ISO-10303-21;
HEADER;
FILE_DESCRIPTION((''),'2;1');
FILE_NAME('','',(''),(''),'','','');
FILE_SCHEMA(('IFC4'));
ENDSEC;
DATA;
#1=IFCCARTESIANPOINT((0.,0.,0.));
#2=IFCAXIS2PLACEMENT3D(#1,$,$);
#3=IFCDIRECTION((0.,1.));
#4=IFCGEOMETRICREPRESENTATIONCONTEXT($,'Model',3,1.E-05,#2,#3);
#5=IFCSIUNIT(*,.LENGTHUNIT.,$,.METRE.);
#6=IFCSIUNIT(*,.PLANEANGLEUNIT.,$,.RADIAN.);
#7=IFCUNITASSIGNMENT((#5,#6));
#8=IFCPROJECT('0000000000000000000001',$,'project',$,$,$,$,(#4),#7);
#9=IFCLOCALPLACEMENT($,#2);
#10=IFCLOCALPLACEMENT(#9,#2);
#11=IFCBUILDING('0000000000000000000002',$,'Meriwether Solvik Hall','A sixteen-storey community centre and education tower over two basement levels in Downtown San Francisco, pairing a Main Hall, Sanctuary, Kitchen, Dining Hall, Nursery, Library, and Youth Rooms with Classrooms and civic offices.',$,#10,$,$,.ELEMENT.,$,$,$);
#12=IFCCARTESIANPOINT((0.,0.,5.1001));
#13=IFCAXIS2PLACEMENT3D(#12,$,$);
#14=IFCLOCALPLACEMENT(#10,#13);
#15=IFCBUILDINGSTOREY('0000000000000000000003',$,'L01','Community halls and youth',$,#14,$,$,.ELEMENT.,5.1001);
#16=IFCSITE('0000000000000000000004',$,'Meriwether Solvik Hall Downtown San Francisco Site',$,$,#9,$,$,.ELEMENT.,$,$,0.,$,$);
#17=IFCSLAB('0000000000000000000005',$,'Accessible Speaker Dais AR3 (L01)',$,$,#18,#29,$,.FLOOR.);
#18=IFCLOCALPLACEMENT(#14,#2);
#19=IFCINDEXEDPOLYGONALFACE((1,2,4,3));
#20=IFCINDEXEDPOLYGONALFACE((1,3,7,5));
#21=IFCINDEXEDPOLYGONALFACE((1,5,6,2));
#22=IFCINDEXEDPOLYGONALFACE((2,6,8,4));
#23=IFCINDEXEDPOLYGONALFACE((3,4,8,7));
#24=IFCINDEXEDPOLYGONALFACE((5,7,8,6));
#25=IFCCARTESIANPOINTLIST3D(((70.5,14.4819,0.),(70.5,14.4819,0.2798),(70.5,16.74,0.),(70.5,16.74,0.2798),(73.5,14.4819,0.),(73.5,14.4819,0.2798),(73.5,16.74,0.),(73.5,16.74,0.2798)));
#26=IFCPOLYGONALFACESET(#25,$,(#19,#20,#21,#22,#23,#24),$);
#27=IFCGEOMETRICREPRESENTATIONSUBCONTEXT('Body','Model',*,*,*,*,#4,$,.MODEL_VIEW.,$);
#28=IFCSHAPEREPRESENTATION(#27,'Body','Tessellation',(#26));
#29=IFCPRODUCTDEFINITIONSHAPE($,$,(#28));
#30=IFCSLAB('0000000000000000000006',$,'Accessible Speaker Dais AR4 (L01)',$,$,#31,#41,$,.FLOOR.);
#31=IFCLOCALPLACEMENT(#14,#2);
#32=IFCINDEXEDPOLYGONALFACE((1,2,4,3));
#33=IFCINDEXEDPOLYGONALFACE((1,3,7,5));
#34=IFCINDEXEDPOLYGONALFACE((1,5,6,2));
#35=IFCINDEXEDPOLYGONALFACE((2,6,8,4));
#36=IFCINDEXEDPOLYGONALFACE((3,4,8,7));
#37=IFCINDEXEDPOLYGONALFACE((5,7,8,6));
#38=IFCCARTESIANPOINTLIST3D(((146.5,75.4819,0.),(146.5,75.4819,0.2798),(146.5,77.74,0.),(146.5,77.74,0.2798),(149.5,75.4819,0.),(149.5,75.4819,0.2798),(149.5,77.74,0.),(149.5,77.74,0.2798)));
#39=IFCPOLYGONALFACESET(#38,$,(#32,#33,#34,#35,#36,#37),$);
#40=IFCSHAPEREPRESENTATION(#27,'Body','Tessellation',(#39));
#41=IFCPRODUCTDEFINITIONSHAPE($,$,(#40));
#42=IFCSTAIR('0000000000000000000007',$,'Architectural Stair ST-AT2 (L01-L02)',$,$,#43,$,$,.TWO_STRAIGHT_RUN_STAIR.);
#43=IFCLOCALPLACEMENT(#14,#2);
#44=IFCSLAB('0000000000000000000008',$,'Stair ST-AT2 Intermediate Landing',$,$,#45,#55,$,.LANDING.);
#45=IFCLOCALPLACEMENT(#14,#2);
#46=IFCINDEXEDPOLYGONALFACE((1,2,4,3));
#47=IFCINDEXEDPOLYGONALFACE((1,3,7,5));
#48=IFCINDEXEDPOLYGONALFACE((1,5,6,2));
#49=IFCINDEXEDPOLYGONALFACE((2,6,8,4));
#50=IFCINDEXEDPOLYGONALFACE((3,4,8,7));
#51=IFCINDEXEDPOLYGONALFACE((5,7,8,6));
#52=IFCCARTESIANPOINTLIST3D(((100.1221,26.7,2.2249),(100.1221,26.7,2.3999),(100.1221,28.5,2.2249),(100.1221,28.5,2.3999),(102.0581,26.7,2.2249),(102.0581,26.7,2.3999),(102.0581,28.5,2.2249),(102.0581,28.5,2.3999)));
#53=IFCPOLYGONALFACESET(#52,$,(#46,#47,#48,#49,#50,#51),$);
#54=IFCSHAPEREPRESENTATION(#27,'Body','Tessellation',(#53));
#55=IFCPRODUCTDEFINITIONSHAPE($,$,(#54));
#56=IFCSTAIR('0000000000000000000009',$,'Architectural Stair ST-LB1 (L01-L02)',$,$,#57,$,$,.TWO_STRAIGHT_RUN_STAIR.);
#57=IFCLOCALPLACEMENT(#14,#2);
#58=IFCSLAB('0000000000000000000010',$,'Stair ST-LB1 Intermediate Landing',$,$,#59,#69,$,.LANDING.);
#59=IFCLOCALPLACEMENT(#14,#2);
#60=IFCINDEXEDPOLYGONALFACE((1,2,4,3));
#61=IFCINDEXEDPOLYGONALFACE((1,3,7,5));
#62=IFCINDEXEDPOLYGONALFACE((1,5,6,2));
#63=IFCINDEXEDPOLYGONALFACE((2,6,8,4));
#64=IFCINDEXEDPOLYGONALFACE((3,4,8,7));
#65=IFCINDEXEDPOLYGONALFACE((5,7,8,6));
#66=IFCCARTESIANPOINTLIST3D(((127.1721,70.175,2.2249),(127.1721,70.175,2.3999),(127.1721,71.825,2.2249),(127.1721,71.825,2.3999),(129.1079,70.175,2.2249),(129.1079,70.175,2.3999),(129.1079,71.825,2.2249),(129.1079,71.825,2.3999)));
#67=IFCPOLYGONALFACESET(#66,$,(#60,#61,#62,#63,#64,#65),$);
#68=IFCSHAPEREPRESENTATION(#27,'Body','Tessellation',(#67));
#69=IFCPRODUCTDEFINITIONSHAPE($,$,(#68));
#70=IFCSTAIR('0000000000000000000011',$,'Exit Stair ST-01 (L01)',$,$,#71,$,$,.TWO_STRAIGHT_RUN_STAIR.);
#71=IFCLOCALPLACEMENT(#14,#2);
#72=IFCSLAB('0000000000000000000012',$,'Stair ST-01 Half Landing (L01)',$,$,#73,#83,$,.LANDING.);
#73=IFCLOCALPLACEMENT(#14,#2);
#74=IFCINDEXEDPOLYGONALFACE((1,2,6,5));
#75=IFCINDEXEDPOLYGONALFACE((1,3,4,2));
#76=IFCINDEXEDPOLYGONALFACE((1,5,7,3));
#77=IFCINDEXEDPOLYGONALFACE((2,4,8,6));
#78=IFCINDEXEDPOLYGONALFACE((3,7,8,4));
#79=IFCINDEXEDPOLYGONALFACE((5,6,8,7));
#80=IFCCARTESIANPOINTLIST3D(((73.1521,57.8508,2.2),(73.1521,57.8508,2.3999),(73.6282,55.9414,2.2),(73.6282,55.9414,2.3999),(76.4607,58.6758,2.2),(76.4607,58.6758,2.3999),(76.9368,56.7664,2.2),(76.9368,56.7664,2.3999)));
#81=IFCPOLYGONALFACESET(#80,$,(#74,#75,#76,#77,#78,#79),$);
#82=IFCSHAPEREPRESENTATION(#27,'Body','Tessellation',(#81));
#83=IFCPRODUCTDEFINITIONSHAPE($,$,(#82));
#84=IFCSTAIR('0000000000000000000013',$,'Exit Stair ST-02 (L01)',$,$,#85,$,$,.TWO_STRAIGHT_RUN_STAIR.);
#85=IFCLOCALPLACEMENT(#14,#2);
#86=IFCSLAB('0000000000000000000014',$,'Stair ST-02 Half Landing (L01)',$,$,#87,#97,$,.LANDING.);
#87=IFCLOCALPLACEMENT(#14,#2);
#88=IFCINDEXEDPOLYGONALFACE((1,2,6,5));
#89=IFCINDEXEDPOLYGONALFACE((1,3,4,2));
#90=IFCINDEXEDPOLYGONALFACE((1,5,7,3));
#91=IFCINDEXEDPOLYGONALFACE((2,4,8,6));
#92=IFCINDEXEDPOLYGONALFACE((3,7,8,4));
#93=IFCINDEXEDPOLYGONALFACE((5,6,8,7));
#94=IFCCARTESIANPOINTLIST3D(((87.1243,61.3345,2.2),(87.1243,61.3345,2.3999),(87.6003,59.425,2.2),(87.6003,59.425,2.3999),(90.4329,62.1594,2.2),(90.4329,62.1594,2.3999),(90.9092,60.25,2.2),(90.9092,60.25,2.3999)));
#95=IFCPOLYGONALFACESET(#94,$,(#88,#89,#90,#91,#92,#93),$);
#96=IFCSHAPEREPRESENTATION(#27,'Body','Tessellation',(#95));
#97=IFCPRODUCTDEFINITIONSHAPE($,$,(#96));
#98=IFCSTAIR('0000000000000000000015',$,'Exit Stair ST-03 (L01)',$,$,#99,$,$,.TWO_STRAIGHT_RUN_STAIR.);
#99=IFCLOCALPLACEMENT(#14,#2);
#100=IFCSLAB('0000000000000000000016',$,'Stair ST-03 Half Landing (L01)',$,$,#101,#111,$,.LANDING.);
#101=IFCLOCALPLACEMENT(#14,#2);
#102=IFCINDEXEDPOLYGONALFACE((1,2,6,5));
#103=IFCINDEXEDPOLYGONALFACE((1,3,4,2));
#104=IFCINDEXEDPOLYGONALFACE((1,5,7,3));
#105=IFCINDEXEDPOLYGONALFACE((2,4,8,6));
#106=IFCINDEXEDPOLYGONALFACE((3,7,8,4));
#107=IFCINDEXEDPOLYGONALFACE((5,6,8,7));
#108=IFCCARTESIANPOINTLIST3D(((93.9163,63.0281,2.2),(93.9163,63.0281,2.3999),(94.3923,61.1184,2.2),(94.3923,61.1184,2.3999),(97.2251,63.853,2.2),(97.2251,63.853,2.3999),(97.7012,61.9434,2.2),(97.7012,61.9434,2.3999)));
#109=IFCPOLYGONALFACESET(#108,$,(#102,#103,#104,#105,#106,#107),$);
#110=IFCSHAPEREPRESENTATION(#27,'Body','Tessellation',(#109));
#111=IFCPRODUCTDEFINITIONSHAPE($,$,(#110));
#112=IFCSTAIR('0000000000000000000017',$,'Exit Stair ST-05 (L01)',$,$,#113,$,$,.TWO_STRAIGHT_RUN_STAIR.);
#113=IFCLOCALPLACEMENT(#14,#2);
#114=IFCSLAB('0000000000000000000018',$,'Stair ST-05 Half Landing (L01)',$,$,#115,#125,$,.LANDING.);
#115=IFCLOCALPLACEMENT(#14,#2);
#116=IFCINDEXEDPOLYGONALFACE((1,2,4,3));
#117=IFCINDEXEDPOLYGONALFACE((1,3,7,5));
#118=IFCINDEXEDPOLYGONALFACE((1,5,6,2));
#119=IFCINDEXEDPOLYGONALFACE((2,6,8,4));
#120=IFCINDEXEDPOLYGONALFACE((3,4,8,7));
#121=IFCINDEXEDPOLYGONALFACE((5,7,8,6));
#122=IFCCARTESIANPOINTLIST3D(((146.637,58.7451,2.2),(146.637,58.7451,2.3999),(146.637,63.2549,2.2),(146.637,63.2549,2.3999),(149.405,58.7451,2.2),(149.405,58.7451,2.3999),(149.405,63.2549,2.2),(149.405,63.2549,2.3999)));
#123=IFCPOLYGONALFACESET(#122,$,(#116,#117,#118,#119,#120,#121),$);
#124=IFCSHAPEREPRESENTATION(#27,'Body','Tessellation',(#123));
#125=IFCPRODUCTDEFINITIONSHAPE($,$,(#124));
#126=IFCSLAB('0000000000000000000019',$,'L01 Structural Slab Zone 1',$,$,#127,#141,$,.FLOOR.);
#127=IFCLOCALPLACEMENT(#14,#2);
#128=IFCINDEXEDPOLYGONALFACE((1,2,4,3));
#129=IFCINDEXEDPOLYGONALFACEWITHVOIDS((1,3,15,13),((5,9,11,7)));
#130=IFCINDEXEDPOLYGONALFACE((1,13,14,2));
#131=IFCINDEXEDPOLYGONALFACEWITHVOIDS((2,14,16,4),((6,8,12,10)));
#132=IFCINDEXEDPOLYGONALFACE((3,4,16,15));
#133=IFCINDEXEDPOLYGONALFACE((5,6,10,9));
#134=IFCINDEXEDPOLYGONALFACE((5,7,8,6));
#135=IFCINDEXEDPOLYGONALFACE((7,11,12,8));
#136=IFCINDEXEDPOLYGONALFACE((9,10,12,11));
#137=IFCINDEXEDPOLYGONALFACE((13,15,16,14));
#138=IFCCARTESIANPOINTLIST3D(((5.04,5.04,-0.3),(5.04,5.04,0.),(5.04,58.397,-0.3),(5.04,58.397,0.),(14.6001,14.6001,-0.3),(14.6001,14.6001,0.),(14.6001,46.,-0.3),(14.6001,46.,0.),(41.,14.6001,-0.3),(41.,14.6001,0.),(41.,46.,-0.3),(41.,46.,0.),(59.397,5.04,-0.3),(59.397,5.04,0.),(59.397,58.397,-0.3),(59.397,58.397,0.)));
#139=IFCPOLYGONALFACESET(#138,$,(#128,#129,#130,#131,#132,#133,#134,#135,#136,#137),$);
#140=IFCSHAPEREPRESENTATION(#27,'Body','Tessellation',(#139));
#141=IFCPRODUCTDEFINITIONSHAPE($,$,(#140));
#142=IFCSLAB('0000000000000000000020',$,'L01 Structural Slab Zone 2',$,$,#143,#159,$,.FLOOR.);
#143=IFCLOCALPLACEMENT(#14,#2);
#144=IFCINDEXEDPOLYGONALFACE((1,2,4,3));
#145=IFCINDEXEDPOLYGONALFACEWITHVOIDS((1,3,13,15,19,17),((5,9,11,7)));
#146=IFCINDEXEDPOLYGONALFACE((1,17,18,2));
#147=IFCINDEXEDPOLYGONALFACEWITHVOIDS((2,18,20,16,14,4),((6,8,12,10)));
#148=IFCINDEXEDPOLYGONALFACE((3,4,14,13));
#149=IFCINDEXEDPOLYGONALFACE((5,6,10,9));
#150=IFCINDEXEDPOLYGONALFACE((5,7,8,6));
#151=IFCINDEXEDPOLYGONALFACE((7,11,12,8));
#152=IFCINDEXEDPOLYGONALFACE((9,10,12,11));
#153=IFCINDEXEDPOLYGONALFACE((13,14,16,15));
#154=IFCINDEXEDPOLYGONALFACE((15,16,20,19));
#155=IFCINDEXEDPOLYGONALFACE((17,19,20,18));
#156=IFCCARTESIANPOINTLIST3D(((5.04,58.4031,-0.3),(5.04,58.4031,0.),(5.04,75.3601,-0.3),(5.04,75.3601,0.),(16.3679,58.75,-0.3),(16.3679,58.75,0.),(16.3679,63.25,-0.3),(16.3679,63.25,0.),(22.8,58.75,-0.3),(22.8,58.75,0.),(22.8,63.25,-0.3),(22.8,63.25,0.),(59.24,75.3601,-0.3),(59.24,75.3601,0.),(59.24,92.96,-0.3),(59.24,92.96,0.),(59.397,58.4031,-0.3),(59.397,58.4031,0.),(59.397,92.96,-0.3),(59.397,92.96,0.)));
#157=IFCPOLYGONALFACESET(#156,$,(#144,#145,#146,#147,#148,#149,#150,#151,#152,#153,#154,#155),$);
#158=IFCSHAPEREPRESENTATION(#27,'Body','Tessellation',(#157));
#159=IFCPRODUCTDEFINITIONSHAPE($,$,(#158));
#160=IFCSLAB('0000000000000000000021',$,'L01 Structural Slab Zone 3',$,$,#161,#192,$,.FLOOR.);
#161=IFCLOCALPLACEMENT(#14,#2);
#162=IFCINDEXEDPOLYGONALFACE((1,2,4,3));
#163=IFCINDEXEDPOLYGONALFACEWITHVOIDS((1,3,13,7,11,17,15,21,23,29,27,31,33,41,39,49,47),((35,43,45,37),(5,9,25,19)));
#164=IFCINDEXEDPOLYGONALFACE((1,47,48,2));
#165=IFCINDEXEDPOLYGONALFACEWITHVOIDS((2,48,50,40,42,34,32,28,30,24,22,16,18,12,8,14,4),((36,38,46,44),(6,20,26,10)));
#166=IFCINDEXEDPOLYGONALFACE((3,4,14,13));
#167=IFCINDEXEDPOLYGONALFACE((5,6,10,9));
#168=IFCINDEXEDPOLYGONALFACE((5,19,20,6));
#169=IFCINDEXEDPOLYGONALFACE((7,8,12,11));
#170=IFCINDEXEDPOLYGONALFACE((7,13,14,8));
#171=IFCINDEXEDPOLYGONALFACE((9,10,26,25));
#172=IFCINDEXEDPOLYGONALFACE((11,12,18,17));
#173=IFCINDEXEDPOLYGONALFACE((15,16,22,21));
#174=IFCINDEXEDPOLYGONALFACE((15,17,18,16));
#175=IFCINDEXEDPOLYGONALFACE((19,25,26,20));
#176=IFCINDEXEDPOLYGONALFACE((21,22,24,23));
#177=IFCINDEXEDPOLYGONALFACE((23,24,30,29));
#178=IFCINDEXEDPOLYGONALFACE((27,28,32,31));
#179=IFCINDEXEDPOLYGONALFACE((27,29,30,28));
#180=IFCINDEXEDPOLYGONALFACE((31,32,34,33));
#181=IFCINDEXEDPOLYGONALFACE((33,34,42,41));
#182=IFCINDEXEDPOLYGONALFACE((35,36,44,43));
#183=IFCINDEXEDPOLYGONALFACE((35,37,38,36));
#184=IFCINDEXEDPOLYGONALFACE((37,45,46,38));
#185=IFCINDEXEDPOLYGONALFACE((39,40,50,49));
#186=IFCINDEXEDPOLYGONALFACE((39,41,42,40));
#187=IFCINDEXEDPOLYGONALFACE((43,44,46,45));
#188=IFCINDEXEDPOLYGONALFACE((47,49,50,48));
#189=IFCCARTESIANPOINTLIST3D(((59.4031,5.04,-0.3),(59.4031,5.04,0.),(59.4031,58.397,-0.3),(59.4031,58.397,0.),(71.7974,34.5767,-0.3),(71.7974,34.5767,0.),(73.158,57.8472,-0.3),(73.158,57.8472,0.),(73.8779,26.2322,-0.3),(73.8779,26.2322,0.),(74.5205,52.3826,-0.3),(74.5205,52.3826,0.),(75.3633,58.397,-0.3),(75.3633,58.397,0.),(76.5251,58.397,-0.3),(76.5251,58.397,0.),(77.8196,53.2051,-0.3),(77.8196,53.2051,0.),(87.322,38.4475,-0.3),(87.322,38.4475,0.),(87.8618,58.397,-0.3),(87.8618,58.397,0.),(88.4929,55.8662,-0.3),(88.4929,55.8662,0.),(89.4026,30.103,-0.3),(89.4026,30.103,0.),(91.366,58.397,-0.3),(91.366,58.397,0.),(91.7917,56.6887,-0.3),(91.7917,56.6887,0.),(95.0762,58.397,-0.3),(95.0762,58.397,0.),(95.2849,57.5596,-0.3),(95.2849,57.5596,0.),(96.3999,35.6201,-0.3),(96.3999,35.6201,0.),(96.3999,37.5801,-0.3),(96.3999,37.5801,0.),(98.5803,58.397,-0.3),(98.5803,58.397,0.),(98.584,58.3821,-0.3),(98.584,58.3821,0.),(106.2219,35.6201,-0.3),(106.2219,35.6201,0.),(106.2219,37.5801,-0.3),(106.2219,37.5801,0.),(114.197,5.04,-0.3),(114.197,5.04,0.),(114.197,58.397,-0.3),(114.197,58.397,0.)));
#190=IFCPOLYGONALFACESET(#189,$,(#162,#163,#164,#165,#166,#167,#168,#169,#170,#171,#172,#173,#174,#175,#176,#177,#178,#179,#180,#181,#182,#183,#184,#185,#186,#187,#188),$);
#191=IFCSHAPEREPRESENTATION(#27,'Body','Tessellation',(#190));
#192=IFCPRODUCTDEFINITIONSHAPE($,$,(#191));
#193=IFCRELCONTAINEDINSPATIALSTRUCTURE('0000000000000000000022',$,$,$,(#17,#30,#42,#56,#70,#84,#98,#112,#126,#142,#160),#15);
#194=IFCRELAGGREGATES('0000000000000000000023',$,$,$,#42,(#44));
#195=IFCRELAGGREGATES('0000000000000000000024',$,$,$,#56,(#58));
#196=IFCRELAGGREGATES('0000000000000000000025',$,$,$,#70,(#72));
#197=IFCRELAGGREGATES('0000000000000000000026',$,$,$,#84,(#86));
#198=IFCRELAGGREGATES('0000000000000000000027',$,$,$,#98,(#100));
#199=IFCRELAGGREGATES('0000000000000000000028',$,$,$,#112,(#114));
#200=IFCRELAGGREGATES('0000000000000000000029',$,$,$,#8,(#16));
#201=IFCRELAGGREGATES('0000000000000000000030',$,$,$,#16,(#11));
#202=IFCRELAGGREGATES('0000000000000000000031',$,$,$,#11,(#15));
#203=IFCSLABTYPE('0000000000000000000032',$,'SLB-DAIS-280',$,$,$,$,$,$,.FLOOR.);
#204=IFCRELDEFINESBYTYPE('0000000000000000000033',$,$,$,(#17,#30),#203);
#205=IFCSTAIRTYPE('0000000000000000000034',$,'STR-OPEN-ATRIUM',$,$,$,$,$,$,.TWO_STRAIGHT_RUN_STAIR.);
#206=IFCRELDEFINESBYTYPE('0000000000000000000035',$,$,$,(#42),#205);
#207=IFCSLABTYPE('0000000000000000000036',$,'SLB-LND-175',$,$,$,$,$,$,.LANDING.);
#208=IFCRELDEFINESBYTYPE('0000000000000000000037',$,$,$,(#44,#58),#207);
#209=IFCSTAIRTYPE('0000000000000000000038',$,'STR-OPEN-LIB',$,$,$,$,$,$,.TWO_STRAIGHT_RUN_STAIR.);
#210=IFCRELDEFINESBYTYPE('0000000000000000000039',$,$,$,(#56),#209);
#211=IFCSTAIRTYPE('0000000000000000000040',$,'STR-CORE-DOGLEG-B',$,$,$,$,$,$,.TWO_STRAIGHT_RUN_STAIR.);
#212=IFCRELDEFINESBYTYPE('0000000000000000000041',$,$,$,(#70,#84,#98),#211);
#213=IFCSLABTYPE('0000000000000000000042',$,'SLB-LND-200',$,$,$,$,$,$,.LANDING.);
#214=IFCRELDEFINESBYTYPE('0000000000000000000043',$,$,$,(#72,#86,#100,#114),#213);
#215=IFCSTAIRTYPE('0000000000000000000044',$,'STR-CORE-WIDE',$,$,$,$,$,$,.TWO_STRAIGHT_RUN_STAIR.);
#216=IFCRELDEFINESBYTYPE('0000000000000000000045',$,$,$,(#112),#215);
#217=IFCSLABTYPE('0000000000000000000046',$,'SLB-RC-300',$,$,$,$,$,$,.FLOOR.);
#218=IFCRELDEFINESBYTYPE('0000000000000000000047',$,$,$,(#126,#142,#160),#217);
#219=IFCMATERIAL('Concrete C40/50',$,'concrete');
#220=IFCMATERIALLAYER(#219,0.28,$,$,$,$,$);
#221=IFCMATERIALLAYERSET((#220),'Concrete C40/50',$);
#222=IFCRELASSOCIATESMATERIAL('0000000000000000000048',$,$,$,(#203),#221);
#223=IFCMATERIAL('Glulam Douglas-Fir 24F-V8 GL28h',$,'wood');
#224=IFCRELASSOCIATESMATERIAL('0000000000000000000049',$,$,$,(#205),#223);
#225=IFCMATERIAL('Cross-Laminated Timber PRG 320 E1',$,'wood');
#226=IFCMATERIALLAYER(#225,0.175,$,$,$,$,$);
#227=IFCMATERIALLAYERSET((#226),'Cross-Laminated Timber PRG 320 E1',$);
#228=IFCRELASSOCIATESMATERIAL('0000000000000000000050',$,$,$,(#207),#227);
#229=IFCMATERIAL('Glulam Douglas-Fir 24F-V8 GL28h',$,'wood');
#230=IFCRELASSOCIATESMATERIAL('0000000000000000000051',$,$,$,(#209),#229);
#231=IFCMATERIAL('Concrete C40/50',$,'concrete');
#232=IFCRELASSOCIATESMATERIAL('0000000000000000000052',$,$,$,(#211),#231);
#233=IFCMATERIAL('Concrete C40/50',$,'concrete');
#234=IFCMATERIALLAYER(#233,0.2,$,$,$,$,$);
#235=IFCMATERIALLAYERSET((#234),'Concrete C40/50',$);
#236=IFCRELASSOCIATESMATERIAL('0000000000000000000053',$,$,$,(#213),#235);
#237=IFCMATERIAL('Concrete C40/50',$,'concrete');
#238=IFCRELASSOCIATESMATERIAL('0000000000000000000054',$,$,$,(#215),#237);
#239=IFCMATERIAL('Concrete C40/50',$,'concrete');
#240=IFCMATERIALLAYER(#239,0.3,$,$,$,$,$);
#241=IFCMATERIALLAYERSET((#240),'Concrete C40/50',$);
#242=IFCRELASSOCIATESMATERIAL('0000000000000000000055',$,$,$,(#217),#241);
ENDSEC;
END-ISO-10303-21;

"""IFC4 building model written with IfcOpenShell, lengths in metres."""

from ifc_helpers import new_model, si_unit, direction, frame, origin, place, context, subcontext, project, spatial, polyline, outline, extrude, material, layer, layer_set, type_object, element, aggregate, save


model = new_model("IFC4")

# Units and contexts
model_context = context("Model", 3, precision=1e-05, world=origin(), true_north=direction((0.0, 1.0)))
body_context = subcontext(model_context, "Body", "Model", "MODEL_VIEW")
ifc_project = project(units=[si_unit("LENGTHUNIT", "METRE"), si_unit("PLANEANGLEUNIT", "RADIAN")], contexts=[model_context])

# Site, building, storey
site_placement = place(None, origin())
site = spatial("IfcSite", under=ifc_project, at=site_placement, Name="Meriwether Solvik Hall Downtown San Francisco Site", CompositionType="ELEMENT", RefElevation=0.0)
building_placement = place(site_placement, origin())
building = spatial("IfcBuilding", under=site, at=building_placement, Name="Meriwether Solvik Hall", Description="A sixteen-storey community centre and education tower over two basement levels in Downtown San Francisco, pairing a Main Hall, Sanctuary, Kitchen, Dining Hall, Nursery, Library, and Youth Rooms with Classrooms and civic offices.", CompositionType="ELEMENT")
storey_placement = place(building_placement, frame((0.0, 0.0, 5.1001)))
storey = spatial("IfcBuildingStorey", under=building, at=storey_placement, Name="L01", Description="Community halls and youth", CompositionType="ELEMENT", Elevation=5.1001)

# Slabs
ifc_material_1 = material(Name="Concrete C40/50", Category="concrete")
ifc_layer_1 = layer(ifc_material_1, 0.28)
ifc_layer_set_1 = layer_set([ifc_layer_1], Name="Concrete C40/50")
slab_type_1 = type_object("IfcSlabType", Name="SLB-DAIS-280", PredefinedType="FLOOR", material=ifc_layer_set_1)
slab_1_placement = place(storey_placement, origin())
element("IfcSlab", 1, at=slab_1_placement, inside=storey, type_object=slab_type_1, Name="Accessible Speaker Dais AR3 (L01)", PredefinedType="FLOOR", context=body_context, shape_type="SweptSolid", body=[
    extrude(outline(polyline([(70.5, 14.4819), (73.5, 14.4819), (73.5, 16.74), (70.5, 16.74), (70.5, 14.4819)])), origin(), (0.0, 0.0, 1.0), 0.2798),
])
slab_2_placement = place(storey_placement, origin())
element("IfcSlab", 2, at=slab_2_placement, inside=storey, type_object=slab_type_1, Name="Accessible Speaker Dais AR4 (L01)", PredefinedType="FLOOR", context=body_context, shape_type="SweptSolid", body=[
    extrude(outline(polyline([(146.5, 75.4819), (149.5, 75.4819), (149.5, 77.74), (146.5, 77.74), (146.5, 75.4819)])), origin(), (0.0, 0.0, 1.0), 0.2798),
])

# Stairs, slabs
ifc_material_2 = material(Name="Glulam Douglas-Fir 24F-V8 GL28h", Category="wood")
stair_type_1 = type_object("IfcStairType", Name="STR-OPEN-ATRIUM", PredefinedType="TWO_STRAIGHT_RUN_STAIR", material=ifc_material_2)
stair_1_placement = place(storey_placement, origin())
stair_1 = element("IfcStair", 3, at=stair_1_placement, inside=storey, type_object=stair_type_1, Name="Architectural Stair ST-AT2 (L01-L02)", PredefinedType="TWO_STRAIGHT_RUN_STAIR")
ifc_material_3 = material(Name="Cross-Laminated Timber PRG 320 E1", Category="wood")
ifc_layer_2 = layer(ifc_material_3, 0.175)
ifc_layer_set_2 = layer_set([ifc_layer_2], Name="Cross-Laminated Timber PRG 320 E1")
slab_type_2 = type_object("IfcSlabType", Name="SLB-LND-175", PredefinedType="LANDING", material=ifc_layer_set_2)
slab_3_placement = place(storey_placement, frame((0.0, 0.0, 2.2249)))
slab_3 = element("IfcSlab", 4, at=slab_3_placement, type_object=slab_type_2, Name="Stair ST-AT2 Intermediate Landing", PredefinedType="LANDING", context=body_context, shape_type="SweptSolid", body=[
    extrude(outline(polyline([(100.1221, 26.7), (102.0581, 26.7), (102.0581, 28.5), (100.1221, 28.5), (100.1221, 26.7)])), origin(), (0.0, 0.0, 1.0), 0.175),
])
aggregate(stair_1, [slab_3])
ifc_material_4 = material(Name="Glulam Douglas-Fir 24F-V8 GL28h", Category="wood")
stair_type_2 = type_object("IfcStairType", Name="STR-OPEN-LIB", PredefinedType="TWO_STRAIGHT_RUN_STAIR", material=ifc_material_4)
stair_2_placement = place(storey_placement, origin())
stair_2 = element("IfcStair", 5, at=stair_2_placement, inside=storey, type_object=stair_type_2, Name="Architectural Stair ST-LB1 (L01-L02)", PredefinedType="TWO_STRAIGHT_RUN_STAIR")
slab_4_placement = place(storey_placement, frame((0.0, 0.0, 2.2249)))
slab_4 = element("IfcSlab", 6, at=slab_4_placement, type_object=slab_type_2, Name="Stair ST-LB1 Intermediate Landing", PredefinedType="LANDING", context=body_context, shape_type="SweptSolid", body=[
    extrude(outline(polyline([(127.1721, 70.175), (129.1079, 70.175), (129.1079, 71.825), (127.1721, 71.825), (127.1721, 70.175)])), origin(), (0.0, 0.0, 1.0), 0.175),
])
aggregate(stair_2, [slab_4])
ifc_material_5 = material(Name="Concrete C40/50", Category="concrete")
stair_type_3 = type_object("IfcStairType", Name="STR-CORE-DOGLEG-B", PredefinedType="TWO_STRAIGHT_RUN_STAIR", material=ifc_material_5)
stair_3_placement = place(storey_placement, origin())
stair_3 = element("IfcStair", 7, at=stair_3_placement, inside=storey, type_object=stair_type_3, Name="Exit Stair ST-01 (L01)", PredefinedType="TWO_STRAIGHT_RUN_STAIR")
ifc_material_6 = material(Name="Concrete C40/50", Category="concrete")
ifc_layer_3 = layer(ifc_material_6, 0.2)
ifc_layer_set_3 = layer_set([ifc_layer_3], Name="Concrete C40/50")
slab_type_3 = type_object("IfcSlabType", Name="SLB-LND-200", PredefinedType="LANDING", material=ifc_layer_set_3)
slab_5_placement = place(storey_placement, frame((0.0, 0.0, 2.2)))
slab_5 = element("IfcSlab", 8, at=slab_5_placement, type_object=slab_type_3, Name="Stair ST-01 Half Landing (L01)", PredefinedType="LANDING", context=body_context, shape_type="SweptSolid", body=[
    extrude(outline(polyline([(73.6282, 55.9414), (76.9368, 56.7664), (76.4607, 58.6758), (73.1521, 57.8508), (73.6282, 55.9414)])), origin(), (0.0, 0.0, 1.0), 0.2),
])
aggregate(stair_3, [slab_5])
stair_4_placement = place(storey_placement, origin())
stair_4 = element("IfcStair", 9, at=stair_4_placement, inside=storey, type_object=stair_type_3, Name="Exit Stair ST-02 (L01)", PredefinedType="TWO_STRAIGHT_RUN_STAIR")
slab_6_placement = place(storey_placement, frame((0.0, 0.0, 2.2)))
slab_6 = element("IfcSlab", 10, at=slab_6_placement, type_object=slab_type_3, Name="Stair ST-02 Half Landing (L01)", PredefinedType="LANDING", context=body_context, shape_type="SweptSolid", body=[
    extrude(outline(polyline([(87.6003, 59.425), (90.9092, 60.25), (90.4329, 62.1594), (87.1243, 61.3345), (87.6003, 59.425)])), origin(), (0.0, 0.0, 1.0), 0.2),
])
aggregate(stair_4, [slab_6])
stair_5_placement = place(storey_placement, origin())
stair_5 = element("IfcStair", 11, at=stair_5_placement, inside=storey, type_object=stair_type_3, Name="Exit Stair ST-03 (L01)", PredefinedType="TWO_STRAIGHT_RUN_STAIR")
slab_7_placement = place(storey_placement, frame((0.0, 0.0, 2.2)))
slab_7 = element("IfcSlab", 12, at=slab_7_placement, type_object=slab_type_3, Name="Stair ST-03 Half Landing (L01)", PredefinedType="LANDING", context=body_context, shape_type="SweptSolid", body=[
    extrude(outline(polyline([(94.3923, 61.1184), (97.7012, 61.9434), (97.2251, 63.853), (93.9163, 63.0281), (94.3923, 61.1184)])), origin(), (0.0, 0.0, 1.0), 0.2),
])
aggregate(stair_5, [slab_7])
ifc_material_7 = material(Name="Concrete C40/50", Category="concrete")
stair_type_4 = type_object("IfcStairType", Name="STR-CORE-WIDE", PredefinedType="TWO_STRAIGHT_RUN_STAIR", material=ifc_material_7)
stair_6_placement = place(storey_placement, origin())
stair_6 = element("IfcStair", 13, at=stair_6_placement, inside=storey, type_object=stair_type_4, Name="Exit Stair ST-05 (L01)", PredefinedType="TWO_STRAIGHT_RUN_STAIR")
slab_8_placement = place(storey_placement, frame((0.0, 0.0, 2.2)))
slab_8 = element("IfcSlab", 14, at=slab_8_placement, type_object=slab_type_3, Name="Stair ST-05 Half Landing (L01)", PredefinedType="LANDING", context=body_context, shape_type="SweptSolid", body=[
    extrude(outline(polyline([(146.637, 58.7451), (149.405, 58.7451), (149.405, 63.2549), (146.637, 63.2549), (146.637, 58.7451)])), origin(), (0.0, 0.0, 1.0), 0.2),
])
aggregate(stair_6, [slab_8])

# Slabs
ifc_material_8 = material(Name="Concrete C40/50", Category="concrete")
ifc_layer_4 = layer(ifc_material_8, 0.3)
ifc_layer_set_4 = layer_set([ifc_layer_4], Name="Concrete C40/50")
slab_type_4 = type_object("IfcSlabType", Name="SLB-RC-300", PredefinedType="FLOOR", material=ifc_layer_set_4)
slab_9_placement = place(storey_placement, frame((0.0, 0.0, -0.3)))
element("IfcSlab", 15, at=slab_9_placement, inside=storey, type_object=slab_type_4, Name="L01 Structural Slab Zone 1", PredefinedType="FLOOR", context=body_context, shape_type="SweptSolid", body=[
    extrude(outline(polyline([(59.397, 5.04), (5.04, 5.04), (5.04, 58.397), (59.397, 58.397), (59.397, 5.04)]), holes=[polyline([(41.0, 46.0), (14.6001, 46.0), (14.6001, 14.6001), (41.0, 14.6001), (41.0, 46.0)])]), origin(), (0.0, 0.0, 1.0), 0.3),
])
slab_10_placement = place(storey_placement, frame((0.0, 0.0, -0.3)))
element("IfcSlab", 16, at=slab_10_placement, inside=storey, type_object=slab_type_4, Name="L01 Structural Slab Zone 2", PredefinedType="FLOOR", context=body_context, shape_type="SweptSolid", body=[
    extrude(outline(polyline([(5.04, 58.4031), (5.04, 75.3601), (59.24, 75.3601), (59.24, 92.96), (59.397, 92.96), (59.397, 58.4031), (5.04, 58.4031)]), holes=[polyline([(22.8, 63.25), (16.3679, 63.25), (16.3679, 58.75), (22.8, 58.75), (22.8, 63.25)])]), origin(), (0.0, 0.0, 1.0), 0.3),
])
slab_11_placement = place(storey_placement, frame((0.0, 0.0, -0.3)))
element("IfcSlab", 17, at=slab_11_placement, inside=storey, type_object=slab_type_4, Name="L01 Structural Slab Zone 3", PredefinedType="FLOOR", context=body_context, shape_type="SweptSolid", body=[
    extrude(outline(polyline([(75.3633, 58.397), (73.158, 57.8472), (74.5205, 52.3826), (77.8196, 53.2051), (76.5251, 58.397), (87.8618, 58.397), (88.4929, 55.8662), (91.7917, 56.6887), (91.366, 58.397), (95.0762, 58.397), (95.2849, 57.5596), (98.584, 58.3821), (98.5803, 58.397), (114.197, 58.397), (114.197, 5.04), (59.4031, 5.04), (59.4031, 58.397), (75.3633, 58.397)]), holes=[polyline([(89.4026, 30.103), (87.322, 38.4475), (71.7974, 34.5767), (73.8779, 26.2322), (89.4026, 30.103)]), polyline([(106.2219, 35.6201), (106.2219, 37.5801), (96.3999, 37.5801), (96.3999, 35.6201), (106.2219, 35.6201)])]), origin(), (0.0, 0.0, 1.0), 0.3),
])

save(model, "model.ifc")
